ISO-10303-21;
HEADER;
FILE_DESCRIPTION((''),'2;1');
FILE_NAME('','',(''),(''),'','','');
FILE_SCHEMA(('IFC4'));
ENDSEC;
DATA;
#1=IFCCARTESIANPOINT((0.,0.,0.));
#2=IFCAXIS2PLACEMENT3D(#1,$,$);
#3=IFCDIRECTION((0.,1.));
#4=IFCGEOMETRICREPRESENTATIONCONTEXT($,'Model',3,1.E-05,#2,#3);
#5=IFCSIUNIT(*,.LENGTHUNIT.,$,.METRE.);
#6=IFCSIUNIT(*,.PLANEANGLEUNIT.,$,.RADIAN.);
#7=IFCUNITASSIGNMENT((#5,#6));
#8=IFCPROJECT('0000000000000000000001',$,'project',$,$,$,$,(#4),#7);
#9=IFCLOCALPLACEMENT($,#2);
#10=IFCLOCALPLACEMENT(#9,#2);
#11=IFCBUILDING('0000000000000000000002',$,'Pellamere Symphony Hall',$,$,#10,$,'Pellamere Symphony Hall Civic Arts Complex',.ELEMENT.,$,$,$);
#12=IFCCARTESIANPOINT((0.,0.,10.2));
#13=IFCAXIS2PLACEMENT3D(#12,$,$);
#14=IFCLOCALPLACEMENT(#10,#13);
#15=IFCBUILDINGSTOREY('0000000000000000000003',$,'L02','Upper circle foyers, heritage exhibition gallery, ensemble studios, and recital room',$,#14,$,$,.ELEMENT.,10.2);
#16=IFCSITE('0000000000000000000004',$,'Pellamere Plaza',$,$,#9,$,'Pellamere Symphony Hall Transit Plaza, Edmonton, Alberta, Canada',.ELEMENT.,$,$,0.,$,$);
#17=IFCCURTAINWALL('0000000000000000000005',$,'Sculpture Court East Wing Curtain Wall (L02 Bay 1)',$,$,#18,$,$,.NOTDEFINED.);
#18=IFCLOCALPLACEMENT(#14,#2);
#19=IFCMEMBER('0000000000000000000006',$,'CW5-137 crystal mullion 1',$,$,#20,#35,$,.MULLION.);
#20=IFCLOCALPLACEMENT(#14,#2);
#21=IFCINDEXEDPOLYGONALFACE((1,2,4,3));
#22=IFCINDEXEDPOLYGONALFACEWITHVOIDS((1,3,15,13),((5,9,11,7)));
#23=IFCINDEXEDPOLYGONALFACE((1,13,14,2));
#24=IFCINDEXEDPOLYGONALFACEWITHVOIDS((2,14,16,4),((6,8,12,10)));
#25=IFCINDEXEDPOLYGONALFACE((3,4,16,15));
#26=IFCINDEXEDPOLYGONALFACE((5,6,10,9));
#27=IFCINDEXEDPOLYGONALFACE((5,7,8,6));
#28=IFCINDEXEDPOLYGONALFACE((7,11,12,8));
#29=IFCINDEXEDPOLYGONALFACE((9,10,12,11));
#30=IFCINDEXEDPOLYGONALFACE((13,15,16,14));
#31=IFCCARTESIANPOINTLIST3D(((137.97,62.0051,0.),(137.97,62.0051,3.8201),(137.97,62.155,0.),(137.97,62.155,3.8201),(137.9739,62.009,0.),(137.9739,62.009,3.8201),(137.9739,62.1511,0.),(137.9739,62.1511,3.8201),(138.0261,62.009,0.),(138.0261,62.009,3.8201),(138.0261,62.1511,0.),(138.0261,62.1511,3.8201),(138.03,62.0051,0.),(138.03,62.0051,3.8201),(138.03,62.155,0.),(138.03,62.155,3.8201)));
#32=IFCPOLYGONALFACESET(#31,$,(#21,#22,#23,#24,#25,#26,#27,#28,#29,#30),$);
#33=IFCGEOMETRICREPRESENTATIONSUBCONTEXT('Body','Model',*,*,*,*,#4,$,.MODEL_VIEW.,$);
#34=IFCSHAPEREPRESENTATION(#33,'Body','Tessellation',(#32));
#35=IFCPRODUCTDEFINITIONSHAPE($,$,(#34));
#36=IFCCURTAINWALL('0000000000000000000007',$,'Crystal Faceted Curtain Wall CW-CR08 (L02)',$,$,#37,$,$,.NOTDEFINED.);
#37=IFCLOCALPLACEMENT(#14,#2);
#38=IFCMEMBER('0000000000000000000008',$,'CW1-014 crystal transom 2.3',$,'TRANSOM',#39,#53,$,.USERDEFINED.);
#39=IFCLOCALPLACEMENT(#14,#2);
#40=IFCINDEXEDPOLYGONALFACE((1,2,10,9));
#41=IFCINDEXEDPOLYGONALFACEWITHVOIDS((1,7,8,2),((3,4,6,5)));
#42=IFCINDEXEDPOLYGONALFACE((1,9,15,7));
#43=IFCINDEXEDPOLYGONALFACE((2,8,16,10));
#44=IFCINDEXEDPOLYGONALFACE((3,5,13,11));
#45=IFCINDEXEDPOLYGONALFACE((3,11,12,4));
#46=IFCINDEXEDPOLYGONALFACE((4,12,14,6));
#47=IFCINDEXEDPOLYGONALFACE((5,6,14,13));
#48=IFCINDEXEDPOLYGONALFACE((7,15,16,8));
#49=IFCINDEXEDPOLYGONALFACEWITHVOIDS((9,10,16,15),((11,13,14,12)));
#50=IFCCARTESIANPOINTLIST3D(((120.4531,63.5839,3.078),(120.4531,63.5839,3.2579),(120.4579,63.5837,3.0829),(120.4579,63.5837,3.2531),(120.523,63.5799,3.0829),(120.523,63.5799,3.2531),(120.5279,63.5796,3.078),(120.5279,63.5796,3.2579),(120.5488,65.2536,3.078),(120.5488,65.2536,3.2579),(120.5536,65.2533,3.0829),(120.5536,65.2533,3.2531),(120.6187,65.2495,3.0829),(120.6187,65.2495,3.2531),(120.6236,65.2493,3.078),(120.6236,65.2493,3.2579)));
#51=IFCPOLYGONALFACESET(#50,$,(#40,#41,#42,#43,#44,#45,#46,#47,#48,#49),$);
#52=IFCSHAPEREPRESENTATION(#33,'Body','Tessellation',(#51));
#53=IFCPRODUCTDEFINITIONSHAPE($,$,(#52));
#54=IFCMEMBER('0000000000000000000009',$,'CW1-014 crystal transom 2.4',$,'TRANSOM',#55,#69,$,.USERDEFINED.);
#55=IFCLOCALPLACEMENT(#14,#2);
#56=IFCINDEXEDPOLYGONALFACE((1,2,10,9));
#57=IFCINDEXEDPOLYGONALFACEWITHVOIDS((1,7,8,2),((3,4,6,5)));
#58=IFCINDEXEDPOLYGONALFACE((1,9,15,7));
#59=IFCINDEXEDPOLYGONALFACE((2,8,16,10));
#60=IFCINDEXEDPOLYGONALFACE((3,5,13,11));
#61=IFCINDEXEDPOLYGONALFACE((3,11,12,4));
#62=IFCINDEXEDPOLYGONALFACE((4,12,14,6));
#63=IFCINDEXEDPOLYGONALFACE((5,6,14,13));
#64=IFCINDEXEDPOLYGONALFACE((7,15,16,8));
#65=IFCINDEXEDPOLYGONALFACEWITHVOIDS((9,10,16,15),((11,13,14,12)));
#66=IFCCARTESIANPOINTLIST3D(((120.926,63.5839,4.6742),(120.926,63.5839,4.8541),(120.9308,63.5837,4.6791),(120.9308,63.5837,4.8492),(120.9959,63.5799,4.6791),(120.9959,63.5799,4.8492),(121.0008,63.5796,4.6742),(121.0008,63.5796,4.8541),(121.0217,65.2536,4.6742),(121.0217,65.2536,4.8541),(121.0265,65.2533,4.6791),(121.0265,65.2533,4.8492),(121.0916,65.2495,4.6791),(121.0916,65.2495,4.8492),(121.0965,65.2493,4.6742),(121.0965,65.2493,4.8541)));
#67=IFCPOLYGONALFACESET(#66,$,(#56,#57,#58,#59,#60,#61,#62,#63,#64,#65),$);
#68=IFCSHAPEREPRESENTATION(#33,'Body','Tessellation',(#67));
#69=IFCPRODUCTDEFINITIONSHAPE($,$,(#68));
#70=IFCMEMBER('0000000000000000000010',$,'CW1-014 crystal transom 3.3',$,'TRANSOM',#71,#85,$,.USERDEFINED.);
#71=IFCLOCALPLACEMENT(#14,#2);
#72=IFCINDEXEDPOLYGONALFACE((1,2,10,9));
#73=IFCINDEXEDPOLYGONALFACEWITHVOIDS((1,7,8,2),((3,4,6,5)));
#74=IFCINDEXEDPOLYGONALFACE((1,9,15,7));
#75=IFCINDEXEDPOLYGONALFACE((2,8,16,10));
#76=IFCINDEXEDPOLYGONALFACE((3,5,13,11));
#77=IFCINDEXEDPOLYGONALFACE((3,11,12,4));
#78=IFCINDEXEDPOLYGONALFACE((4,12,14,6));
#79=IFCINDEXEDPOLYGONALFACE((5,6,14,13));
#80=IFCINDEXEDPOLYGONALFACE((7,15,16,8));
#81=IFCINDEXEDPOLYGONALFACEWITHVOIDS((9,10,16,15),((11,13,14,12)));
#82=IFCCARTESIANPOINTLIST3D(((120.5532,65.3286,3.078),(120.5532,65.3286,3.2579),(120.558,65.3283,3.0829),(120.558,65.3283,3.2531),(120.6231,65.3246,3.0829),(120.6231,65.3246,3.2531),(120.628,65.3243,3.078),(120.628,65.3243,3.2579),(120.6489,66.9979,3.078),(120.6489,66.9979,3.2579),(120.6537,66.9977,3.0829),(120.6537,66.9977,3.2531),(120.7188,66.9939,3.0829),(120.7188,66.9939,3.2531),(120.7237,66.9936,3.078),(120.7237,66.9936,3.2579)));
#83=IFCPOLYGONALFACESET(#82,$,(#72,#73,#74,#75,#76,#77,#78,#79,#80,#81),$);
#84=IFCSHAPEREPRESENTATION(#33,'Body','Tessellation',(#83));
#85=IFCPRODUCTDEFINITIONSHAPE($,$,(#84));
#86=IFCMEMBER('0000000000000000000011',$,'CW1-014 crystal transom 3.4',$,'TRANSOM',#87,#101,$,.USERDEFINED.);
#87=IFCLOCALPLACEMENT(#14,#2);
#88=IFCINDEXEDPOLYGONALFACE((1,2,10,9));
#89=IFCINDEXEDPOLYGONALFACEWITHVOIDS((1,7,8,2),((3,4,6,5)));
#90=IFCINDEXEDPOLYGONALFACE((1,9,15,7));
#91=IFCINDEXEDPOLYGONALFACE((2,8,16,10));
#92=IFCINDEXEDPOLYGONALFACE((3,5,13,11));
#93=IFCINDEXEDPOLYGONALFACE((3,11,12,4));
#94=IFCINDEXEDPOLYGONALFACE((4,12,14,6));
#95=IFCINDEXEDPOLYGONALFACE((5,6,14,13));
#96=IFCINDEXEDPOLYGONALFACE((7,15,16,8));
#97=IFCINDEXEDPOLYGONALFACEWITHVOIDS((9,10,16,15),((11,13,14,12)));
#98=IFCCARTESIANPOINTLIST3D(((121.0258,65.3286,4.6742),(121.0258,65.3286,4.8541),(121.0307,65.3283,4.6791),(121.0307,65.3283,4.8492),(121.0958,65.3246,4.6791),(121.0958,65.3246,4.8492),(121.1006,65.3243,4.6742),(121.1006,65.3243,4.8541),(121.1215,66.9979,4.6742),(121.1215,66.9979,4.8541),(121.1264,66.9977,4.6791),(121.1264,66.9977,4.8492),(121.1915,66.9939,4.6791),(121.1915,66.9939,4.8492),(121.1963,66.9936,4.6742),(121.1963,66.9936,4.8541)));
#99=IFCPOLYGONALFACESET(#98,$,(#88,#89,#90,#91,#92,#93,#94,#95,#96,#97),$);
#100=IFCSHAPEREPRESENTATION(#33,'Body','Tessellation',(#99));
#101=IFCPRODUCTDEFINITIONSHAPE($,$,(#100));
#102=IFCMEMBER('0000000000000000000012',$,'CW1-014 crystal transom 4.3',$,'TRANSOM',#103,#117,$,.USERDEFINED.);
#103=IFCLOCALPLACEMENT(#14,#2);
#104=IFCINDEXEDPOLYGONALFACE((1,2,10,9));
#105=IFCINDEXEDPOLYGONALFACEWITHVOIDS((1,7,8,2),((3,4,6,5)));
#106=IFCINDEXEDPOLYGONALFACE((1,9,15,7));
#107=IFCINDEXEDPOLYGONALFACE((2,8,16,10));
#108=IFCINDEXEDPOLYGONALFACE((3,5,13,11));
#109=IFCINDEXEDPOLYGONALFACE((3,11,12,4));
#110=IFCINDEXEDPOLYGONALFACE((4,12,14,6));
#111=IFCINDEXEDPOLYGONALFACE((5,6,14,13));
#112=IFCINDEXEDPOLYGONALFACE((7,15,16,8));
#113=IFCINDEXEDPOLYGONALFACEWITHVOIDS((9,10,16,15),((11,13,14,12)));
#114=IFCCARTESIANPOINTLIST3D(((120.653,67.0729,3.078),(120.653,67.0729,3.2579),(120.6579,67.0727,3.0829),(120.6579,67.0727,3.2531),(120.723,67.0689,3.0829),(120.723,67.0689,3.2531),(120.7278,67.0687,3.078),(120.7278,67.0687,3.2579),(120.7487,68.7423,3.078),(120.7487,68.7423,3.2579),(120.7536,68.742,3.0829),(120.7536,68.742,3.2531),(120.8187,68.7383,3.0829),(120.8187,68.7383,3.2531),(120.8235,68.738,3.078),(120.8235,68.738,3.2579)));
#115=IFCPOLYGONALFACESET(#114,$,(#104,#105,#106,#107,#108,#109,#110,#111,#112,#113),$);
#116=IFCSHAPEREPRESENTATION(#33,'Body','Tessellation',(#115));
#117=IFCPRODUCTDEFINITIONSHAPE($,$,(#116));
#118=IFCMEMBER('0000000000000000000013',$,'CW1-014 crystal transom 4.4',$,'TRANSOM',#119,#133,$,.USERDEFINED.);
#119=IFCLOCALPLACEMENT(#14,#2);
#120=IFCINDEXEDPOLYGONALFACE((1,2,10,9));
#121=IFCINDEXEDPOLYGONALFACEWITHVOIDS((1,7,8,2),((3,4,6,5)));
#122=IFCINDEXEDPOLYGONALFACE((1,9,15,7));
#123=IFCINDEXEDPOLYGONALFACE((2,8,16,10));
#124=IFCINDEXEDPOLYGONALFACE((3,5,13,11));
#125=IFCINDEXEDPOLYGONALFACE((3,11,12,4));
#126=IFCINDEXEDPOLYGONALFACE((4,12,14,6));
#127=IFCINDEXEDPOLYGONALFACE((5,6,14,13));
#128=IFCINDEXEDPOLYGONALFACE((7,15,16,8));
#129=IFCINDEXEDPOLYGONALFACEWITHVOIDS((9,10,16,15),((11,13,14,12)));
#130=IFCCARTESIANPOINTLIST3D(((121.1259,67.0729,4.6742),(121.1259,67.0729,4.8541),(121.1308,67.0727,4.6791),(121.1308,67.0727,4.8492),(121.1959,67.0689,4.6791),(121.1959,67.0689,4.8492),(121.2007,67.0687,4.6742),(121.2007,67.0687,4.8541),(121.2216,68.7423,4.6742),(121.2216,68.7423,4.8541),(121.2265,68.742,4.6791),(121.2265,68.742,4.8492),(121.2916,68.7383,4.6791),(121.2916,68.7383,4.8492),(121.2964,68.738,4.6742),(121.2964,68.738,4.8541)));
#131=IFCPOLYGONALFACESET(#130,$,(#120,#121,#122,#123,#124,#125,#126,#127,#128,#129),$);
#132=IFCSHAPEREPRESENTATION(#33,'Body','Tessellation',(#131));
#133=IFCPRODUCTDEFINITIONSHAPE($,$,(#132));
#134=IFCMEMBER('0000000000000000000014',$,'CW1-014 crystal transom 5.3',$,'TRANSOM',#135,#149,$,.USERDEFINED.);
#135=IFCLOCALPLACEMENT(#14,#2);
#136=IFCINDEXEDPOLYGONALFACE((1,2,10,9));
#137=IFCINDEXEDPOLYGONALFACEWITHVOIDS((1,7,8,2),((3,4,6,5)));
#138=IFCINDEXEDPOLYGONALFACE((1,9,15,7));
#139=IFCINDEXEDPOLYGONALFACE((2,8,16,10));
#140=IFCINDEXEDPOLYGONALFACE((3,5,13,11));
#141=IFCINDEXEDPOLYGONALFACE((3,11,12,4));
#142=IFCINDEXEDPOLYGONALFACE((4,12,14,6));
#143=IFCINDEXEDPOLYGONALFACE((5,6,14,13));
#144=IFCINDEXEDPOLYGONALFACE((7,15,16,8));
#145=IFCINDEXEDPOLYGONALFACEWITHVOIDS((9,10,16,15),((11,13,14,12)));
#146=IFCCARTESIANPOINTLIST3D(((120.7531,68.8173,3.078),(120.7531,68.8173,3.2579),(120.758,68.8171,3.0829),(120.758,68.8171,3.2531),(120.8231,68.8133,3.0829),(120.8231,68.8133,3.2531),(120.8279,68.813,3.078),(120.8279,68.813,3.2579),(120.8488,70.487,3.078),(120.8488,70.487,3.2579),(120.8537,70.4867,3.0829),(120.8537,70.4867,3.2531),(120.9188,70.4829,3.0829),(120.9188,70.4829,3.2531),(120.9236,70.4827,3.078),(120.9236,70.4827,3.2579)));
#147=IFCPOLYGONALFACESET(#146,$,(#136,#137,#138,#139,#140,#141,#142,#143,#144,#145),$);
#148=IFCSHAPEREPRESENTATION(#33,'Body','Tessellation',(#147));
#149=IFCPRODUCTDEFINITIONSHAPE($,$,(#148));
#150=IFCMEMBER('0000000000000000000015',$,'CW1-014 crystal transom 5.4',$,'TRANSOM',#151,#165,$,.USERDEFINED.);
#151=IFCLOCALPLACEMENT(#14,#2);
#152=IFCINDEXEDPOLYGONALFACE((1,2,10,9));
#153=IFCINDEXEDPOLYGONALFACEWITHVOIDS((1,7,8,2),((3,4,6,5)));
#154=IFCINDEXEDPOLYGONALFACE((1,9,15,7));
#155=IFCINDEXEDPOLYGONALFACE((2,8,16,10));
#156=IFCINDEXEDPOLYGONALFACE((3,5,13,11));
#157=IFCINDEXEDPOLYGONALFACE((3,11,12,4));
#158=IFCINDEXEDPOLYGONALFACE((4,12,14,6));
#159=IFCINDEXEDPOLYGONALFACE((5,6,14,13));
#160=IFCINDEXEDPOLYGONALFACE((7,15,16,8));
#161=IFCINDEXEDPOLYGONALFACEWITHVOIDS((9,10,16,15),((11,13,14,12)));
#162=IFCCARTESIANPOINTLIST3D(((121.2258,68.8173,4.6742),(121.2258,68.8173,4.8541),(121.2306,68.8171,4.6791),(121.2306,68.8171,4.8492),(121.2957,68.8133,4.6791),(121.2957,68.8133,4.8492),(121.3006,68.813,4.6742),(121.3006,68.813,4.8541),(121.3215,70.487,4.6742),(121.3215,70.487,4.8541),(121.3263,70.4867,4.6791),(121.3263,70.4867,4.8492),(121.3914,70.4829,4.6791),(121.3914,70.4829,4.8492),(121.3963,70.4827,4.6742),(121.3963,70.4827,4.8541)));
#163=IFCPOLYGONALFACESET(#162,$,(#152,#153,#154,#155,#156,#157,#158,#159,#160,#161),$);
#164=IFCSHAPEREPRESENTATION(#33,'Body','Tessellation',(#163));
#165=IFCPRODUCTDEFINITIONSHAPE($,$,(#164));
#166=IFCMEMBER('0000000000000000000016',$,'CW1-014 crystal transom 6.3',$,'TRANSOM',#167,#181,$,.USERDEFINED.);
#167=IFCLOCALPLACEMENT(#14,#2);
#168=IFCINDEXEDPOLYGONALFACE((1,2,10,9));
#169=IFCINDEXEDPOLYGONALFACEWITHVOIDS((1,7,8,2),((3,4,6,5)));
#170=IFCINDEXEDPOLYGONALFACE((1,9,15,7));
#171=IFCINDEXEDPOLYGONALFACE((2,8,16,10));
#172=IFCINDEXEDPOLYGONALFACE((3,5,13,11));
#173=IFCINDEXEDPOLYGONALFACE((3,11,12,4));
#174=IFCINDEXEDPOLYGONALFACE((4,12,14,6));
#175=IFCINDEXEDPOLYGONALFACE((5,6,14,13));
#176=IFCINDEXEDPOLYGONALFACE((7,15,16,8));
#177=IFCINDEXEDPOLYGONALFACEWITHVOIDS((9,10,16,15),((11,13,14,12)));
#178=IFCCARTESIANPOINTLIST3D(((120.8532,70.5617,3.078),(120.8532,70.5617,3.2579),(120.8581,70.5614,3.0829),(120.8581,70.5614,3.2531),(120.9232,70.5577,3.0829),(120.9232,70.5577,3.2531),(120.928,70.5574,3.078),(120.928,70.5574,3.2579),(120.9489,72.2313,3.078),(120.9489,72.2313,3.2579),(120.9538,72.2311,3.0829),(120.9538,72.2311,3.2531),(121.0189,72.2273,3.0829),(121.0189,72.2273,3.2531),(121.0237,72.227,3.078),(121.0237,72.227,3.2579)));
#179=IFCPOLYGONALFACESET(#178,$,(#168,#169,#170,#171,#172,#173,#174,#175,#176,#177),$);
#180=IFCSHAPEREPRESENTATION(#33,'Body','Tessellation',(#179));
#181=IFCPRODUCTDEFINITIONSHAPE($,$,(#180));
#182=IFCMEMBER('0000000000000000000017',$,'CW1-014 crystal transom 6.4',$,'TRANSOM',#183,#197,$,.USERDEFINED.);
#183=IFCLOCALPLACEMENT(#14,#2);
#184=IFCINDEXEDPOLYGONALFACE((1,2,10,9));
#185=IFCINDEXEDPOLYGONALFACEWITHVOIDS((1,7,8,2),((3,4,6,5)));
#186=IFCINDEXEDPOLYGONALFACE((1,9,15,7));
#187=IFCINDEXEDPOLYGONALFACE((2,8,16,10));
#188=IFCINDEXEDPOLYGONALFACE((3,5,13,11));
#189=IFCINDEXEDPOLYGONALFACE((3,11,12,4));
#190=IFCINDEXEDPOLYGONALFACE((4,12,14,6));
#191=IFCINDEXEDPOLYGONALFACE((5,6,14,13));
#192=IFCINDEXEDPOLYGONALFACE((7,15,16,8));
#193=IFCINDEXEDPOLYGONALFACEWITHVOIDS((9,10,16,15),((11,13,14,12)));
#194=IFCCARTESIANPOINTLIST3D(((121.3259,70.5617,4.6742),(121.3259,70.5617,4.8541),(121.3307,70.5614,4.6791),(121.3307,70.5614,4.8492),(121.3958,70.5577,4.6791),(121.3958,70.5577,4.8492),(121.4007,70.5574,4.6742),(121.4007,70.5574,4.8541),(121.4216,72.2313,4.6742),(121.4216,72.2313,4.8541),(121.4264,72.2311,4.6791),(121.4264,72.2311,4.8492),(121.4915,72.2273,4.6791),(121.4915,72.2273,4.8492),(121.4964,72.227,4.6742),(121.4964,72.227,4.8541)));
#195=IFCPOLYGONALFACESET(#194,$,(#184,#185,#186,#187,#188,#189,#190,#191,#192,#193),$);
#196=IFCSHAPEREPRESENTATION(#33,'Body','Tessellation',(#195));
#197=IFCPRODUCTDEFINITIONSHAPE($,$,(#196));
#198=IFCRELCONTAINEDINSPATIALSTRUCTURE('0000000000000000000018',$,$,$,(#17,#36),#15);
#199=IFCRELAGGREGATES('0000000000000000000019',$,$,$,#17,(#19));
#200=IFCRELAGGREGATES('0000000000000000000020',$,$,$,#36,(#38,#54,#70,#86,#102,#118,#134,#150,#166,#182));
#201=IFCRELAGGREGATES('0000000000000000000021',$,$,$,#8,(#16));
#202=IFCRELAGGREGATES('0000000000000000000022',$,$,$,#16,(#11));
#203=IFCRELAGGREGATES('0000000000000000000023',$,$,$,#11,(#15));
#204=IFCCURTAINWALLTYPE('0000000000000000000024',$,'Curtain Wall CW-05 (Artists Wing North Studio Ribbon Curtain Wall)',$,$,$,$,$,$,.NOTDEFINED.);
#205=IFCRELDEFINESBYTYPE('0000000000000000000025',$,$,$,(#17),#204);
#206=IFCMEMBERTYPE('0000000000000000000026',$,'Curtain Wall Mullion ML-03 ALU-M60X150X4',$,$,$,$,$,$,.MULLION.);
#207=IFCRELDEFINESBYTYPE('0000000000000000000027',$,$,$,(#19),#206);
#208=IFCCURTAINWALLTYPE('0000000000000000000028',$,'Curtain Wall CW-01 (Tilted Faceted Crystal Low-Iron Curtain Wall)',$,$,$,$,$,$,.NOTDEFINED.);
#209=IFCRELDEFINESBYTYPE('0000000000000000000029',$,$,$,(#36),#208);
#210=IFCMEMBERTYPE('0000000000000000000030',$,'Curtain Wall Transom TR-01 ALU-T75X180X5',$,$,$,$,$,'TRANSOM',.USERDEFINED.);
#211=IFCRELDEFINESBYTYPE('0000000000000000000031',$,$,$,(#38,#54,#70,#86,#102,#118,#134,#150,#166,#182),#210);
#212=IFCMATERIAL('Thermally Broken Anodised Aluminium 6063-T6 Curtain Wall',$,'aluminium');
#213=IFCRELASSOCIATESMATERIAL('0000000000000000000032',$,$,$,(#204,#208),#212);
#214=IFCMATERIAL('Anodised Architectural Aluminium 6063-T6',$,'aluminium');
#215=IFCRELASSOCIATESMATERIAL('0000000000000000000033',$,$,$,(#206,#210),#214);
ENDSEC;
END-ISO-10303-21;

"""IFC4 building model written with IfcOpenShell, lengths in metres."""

from ifc_helpers import new_model, si_unit, direction, frame, origin, origin_2d, place, context, subcontext, project, spatial, hollow_rectangle, extrude, material, material_profile, profile_set, type_object, element, aggregate, save


model = new_model("IFC4")

# Units and contexts
model_context = context("Model", 3, precision=1e-05, world=origin(), true_north=direction((0.0, 1.0)))
body_context = subcontext(model_context, "Body", "Model", "MODEL_VIEW")
ifc_project = project(units=[si_unit("LENGTHUNIT", "METRE"), si_unit("PLANEANGLEUNIT", "RADIAN")], contexts=[model_context])

# Site, building, storey
site_placement = place(None, origin())
site = spatial("IfcSite", under=ifc_project, at=site_placement, Name="Pellamere Plaza", LongName="Pellamere Symphony Hall Transit Plaza, Edmonton, Alberta, Canada", CompositionType="ELEMENT", RefElevation=0.0)
building_placement = place(site_placement, origin())
building = spatial("IfcBuilding", under=site, at=building_placement, Name="Pellamere Symphony Hall", LongName="Pellamere Symphony Hall Civic Arts Complex", CompositionType="ELEMENT")
storey_placement = place(building_placement, frame((0.0, 0.0, 10.2)))
storey = spatial("IfcBuildingStorey", under=building, at=storey_placement, Name="L02", Description="Upper circle foyers, heritage exhibition gallery, ensemble studios, and recital room", CompositionType="ELEMENT", Elevation=10.2)

# Curtain wall, member
ifc_material_1 = material(Name="Thermally Broken Anodised Aluminium 6063-T6 Curtain Wall", Category="aluminium")
curtain_wall_type_1 = type_object("IfcCurtainWallType", Name="Curtain Wall CW-05 (Artists Wing North Studio Ribbon Curtain Wall)", PredefinedType="NOTDEFINED", material=ifc_material_1)
curtain_wall_1_placement = place(storey_placement, origin())
curtain_wall_1 = element("IfcCurtainWall", 1, at=curtain_wall_1_placement, inside=storey, type_object=curtain_wall_type_1, Name="Sculpture Court East Wing Curtain Wall (L02 Bay 1)", PredefinedType="NOTDEFINED")
ifc_material_2 = material(Name="Anodised Architectural Aluminium 6063-T6", Category="aluminium")
ifc_material_profile_1 = material_profile(ifc_material_2, hollow_rectangle(XDim=0.0601, YDim=0.1499, WallThickness=0.0039, at=origin_2d()), Name="ALU-M60X150X4")
ifc_profile_set_1 = profile_set([ifc_material_profile_1], Name="Anodised Architectural Aluminium 6063-T6")
member_type_1 = type_object("IfcMemberType", Name="Curtain Wall Mullion ML-03 ALU-M60X150X4", PredefinedType="MULLION", material=ifc_profile_set_1)
member_1_placement = place(storey_placement, frame((138.0, 62.0801, 0.0), z_axis=(0.0, 0.0, 1.0), x_axis=(-1.0, 0.0, 0.0)))
member_1 = element("IfcMember", 2, at=member_1_placement, type_object=member_type_1, Name="CW5-137 crystal mullion 1", PredefinedType="MULLION", context=body_context, shape_type="SweptSolid", body=[
    extrude(hollow_rectangle(XDim=0.0601, YDim=0.1499, WallThickness=0.0039, at=origin_2d()), origin(), (0.0, 0.0, 1.0), 3.8201),
])

# Curtain wall, members
curtain_wall_type_2 = type_object("IfcCurtainWallType", Name="Curtain Wall CW-01 (Tilted Faceted Crystal Low-Iron Curtain Wall)", PredefinedType="NOTDEFINED", material=ifc_material_1)
curtain_wall_2_placement = place(storey_placement, origin())
curtain_wall_2 = element("IfcCurtainWall", 3, at=curtain_wall_2_placement, inside=storey, type_object=curtain_wall_type_2, Name="Crystal Faceted Curtain Wall CW-CR08 (L02)", PredefinedType="NOTDEFINED")
ifc_material_profile_2 = material_profile(ifc_material_2, hollow_rectangle(XDim=0.075, YDim=0.1799, WallThickness=0.0049, at=origin_2d()), Name="ALU-T75X180X5")
ifc_profile_set_2 = profile_set([ifc_material_profile_2], Name="Anodised Architectural Aluminium 6063-T6")
member_type_2 = type_object("IfcMemberType", Name="Curtain Wall Transom TR-01 ALU-T75X180X5", ElementType="TRANSOM", PredefinedType="USERDEFINED", material=ifc_profile_set_2)
member_2_placement = place(storey_placement, frame((120.4905, 63.5818, 3.168), z_axis=(0.057224, 0.998361, 0.0), x_axis=(-0.998361, 0.057224, 0.0)))
member_2 = element("IfcMember", 4, at=member_2_placement, type_object=member_type_2, Name="CW1-014 crystal transom 2.3", ObjectType="TRANSOM", PredefinedType="USERDEFINED", context=body_context, shape_type="SweptSolid", body=[
    extrude(hollow_rectangle(XDim=0.075, YDim=0.1799, WallThickness=0.0049, at=origin_2d()), origin(), (0.0, 0.0, 1.0), 1.6724),
])
member_3_placement = place(storey_placement, frame((120.9634, 63.5818, 4.7642), z_axis=(0.057224, 0.998361, 0.0), x_axis=(-0.998361, 0.057224, 0.0)))
member_3 = element("IfcMember", 5, at=member_3_placement, type_object=member_type_2, Name="CW1-014 crystal transom 2.4", ObjectType="TRANSOM", PredefinedType="USERDEFINED", context=body_context, shape_type="SweptSolid", body=[
    extrude(hollow_rectangle(XDim=0.075, YDim=0.1799, WallThickness=0.0049, at=origin_2d()), origin(), (0.0, 0.0, 1.0), 1.6724),
])
member_4_placement = place(storey_placement, frame((120.5906, 65.3264, 3.168), z_axis=(0.057233, 0.998361, 0.0), x_axis=(-0.998361, 0.057233, 0.0)))
member_4 = element("IfcMember", 6, at=member_4_placement, type_object=member_type_2, Name="CW1-014 crystal transom 3.3", ObjectType="TRANSOM", PredefinedType="USERDEFINED", context=body_context, shape_type="SweptSolid", body=[
    extrude(hollow_rectangle(XDim=0.075, YDim=0.1799, WallThickness=0.0049, at=origin_2d()), origin(), (0.0, 0.0, 1.0), 1.6721),
])
member_5_placement = place(storey_placement, frame((121.0632, 65.3264, 4.7642), z_axis=(0.057233, 0.998361, 0.0), x_axis=(-0.998361, 0.057233, 0.0)))
member_5 = element("IfcMember", 7, at=member_5_placement, type_object=member_type_2, Name="CW1-014 crystal transom 3.4", ObjectType="TRANSOM", PredefinedType="USERDEFINED", context=body_context, shape_type="SweptSolid", body=[
    extrude(hollow_rectangle(XDim=0.075, YDim=0.1799, WallThickness=0.0049, at=origin_2d()), origin(), (0.0, 0.0, 1.0), 1.6721),
])
member_6_placement = place(storey_placement, frame((120.6904, 67.0708, 3.168), z_axis=(0.057233, 0.998361, 0.0), x_axis=(-0.998361, 0.057233, 0.0)))
member_6 = element("IfcMember", 8, at=member_6_placement, type_object=member_type_2, Name="CW1-014 crystal transom 4.3", ObjectType="TRANSOM", PredefinedType="USERDEFINED", context=body_context, shape_type="SweptSolid", body=[
    extrude(hollow_rectangle(XDim=0.075, YDim=0.1799, WallThickness=0.0049, at=origin_2d()), origin(), (0.0, 0.0, 1.0), 1.6721),
])
member_7_placement = place(storey_placement, frame((121.1633, 67.0708, 4.7642), z_axis=(0.057233, 0.998361, 0.0), x_axis=(-0.998361, 0.057233, 0.0)))
member_7 = element("IfcMember", 9, at=member_7_placement, type_object=member_type_2, Name="CW1-014 crystal transom 4.4", ObjectType="TRANSOM", PredefinedType="USERDEFINED", context=body_context, shape_type="SweptSolid", body=[
    extrude(hollow_rectangle(XDim=0.075, YDim=0.1799, WallThickness=0.0049, at=origin_2d()), origin(), (0.0, 0.0, 1.0), 1.6721),
])
member_8_placement = place(storey_placement, frame((120.7905, 68.8152, 3.168), z_axis=(0.057224, 0.998361, 0.0), x_axis=(-0.998361, 0.057224, 0.0)))
member_8 = element("IfcMember", 10, at=member_8_placement, type_object=member_type_2, Name="CW1-014 crystal transom 5.3", ObjectType="TRANSOM", PredefinedType="USERDEFINED", context=body_context, shape_type="SweptSolid", body=[
    extrude(hollow_rectangle(XDim=0.075, YDim=0.1799, WallThickness=0.0049, at=origin_2d()), origin(), (0.0, 0.0, 1.0), 1.6724),
])
member_9_placement = place(storey_placement, frame((121.2632, 68.8152, 4.7642), z_axis=(0.057224, 0.998361, 0.0), x_axis=(-0.998361, 0.057224, 0.0)))
member_9 = element("IfcMember", 11, at=member_9_placement, type_object=member_type_2, Name="CW1-014 crystal transom 5.4", ObjectType="TRANSOM", PredefinedType="USERDEFINED", context=body_context, shape_type="SweptSolid", body=[
    extrude(hollow_rectangle(XDim=0.075, YDim=0.1799, WallThickness=0.0049, at=origin_2d()), origin(), (0.0, 0.0, 1.0), 1.6724),
])
member_10_placement = place(storey_placement, frame((120.8906, 70.5596, 3.168), z_axis=(0.057224, 0.998361, 0.0), x_axis=(-0.998361, 0.057224, 0.0)))
member_10 = element("IfcMember", 12, at=member_10_placement, type_object=member_type_2, Name="CW1-014 crystal transom 6.3", ObjectType="TRANSOM", PredefinedType="USERDEFINED", context=body_context, shape_type="SweptSolid", body=[
    extrude(hollow_rectangle(XDim=0.075, YDim=0.1799, WallThickness=0.0049, at=origin_2d()), origin(), (0.0, 0.0, 1.0), 1.6724),
])
member_11_placement = place(storey_placement, frame((121.3633, 70.5596, 4.7642), z_axis=(0.057224, 0.998361, 0.0), x_axis=(-0.998361, 0.057224, 0.0)))
member_11 = element("IfcMember", 13, at=member_11_placement, type_object=member_type_2, Name="CW1-014 crystal transom 6.4", ObjectType="TRANSOM", PredefinedType="USERDEFINED", context=body_context, shape_type="SweptSolid", body=[
    extrude(hollow_rectangle(XDim=0.075, YDim=0.1799, WallThickness=0.0049, at=origin_2d()), origin(), (0.0, 0.0, 1.0), 1.6724),
])

aggregate(curtain_wall_1, [member_1])
aggregate(curtain_wall_2, [member_2, member_3, member_4, member_5, member_6, member_7, member_8, member_9, member_10, member_11])

save(model, "model.ifc")
